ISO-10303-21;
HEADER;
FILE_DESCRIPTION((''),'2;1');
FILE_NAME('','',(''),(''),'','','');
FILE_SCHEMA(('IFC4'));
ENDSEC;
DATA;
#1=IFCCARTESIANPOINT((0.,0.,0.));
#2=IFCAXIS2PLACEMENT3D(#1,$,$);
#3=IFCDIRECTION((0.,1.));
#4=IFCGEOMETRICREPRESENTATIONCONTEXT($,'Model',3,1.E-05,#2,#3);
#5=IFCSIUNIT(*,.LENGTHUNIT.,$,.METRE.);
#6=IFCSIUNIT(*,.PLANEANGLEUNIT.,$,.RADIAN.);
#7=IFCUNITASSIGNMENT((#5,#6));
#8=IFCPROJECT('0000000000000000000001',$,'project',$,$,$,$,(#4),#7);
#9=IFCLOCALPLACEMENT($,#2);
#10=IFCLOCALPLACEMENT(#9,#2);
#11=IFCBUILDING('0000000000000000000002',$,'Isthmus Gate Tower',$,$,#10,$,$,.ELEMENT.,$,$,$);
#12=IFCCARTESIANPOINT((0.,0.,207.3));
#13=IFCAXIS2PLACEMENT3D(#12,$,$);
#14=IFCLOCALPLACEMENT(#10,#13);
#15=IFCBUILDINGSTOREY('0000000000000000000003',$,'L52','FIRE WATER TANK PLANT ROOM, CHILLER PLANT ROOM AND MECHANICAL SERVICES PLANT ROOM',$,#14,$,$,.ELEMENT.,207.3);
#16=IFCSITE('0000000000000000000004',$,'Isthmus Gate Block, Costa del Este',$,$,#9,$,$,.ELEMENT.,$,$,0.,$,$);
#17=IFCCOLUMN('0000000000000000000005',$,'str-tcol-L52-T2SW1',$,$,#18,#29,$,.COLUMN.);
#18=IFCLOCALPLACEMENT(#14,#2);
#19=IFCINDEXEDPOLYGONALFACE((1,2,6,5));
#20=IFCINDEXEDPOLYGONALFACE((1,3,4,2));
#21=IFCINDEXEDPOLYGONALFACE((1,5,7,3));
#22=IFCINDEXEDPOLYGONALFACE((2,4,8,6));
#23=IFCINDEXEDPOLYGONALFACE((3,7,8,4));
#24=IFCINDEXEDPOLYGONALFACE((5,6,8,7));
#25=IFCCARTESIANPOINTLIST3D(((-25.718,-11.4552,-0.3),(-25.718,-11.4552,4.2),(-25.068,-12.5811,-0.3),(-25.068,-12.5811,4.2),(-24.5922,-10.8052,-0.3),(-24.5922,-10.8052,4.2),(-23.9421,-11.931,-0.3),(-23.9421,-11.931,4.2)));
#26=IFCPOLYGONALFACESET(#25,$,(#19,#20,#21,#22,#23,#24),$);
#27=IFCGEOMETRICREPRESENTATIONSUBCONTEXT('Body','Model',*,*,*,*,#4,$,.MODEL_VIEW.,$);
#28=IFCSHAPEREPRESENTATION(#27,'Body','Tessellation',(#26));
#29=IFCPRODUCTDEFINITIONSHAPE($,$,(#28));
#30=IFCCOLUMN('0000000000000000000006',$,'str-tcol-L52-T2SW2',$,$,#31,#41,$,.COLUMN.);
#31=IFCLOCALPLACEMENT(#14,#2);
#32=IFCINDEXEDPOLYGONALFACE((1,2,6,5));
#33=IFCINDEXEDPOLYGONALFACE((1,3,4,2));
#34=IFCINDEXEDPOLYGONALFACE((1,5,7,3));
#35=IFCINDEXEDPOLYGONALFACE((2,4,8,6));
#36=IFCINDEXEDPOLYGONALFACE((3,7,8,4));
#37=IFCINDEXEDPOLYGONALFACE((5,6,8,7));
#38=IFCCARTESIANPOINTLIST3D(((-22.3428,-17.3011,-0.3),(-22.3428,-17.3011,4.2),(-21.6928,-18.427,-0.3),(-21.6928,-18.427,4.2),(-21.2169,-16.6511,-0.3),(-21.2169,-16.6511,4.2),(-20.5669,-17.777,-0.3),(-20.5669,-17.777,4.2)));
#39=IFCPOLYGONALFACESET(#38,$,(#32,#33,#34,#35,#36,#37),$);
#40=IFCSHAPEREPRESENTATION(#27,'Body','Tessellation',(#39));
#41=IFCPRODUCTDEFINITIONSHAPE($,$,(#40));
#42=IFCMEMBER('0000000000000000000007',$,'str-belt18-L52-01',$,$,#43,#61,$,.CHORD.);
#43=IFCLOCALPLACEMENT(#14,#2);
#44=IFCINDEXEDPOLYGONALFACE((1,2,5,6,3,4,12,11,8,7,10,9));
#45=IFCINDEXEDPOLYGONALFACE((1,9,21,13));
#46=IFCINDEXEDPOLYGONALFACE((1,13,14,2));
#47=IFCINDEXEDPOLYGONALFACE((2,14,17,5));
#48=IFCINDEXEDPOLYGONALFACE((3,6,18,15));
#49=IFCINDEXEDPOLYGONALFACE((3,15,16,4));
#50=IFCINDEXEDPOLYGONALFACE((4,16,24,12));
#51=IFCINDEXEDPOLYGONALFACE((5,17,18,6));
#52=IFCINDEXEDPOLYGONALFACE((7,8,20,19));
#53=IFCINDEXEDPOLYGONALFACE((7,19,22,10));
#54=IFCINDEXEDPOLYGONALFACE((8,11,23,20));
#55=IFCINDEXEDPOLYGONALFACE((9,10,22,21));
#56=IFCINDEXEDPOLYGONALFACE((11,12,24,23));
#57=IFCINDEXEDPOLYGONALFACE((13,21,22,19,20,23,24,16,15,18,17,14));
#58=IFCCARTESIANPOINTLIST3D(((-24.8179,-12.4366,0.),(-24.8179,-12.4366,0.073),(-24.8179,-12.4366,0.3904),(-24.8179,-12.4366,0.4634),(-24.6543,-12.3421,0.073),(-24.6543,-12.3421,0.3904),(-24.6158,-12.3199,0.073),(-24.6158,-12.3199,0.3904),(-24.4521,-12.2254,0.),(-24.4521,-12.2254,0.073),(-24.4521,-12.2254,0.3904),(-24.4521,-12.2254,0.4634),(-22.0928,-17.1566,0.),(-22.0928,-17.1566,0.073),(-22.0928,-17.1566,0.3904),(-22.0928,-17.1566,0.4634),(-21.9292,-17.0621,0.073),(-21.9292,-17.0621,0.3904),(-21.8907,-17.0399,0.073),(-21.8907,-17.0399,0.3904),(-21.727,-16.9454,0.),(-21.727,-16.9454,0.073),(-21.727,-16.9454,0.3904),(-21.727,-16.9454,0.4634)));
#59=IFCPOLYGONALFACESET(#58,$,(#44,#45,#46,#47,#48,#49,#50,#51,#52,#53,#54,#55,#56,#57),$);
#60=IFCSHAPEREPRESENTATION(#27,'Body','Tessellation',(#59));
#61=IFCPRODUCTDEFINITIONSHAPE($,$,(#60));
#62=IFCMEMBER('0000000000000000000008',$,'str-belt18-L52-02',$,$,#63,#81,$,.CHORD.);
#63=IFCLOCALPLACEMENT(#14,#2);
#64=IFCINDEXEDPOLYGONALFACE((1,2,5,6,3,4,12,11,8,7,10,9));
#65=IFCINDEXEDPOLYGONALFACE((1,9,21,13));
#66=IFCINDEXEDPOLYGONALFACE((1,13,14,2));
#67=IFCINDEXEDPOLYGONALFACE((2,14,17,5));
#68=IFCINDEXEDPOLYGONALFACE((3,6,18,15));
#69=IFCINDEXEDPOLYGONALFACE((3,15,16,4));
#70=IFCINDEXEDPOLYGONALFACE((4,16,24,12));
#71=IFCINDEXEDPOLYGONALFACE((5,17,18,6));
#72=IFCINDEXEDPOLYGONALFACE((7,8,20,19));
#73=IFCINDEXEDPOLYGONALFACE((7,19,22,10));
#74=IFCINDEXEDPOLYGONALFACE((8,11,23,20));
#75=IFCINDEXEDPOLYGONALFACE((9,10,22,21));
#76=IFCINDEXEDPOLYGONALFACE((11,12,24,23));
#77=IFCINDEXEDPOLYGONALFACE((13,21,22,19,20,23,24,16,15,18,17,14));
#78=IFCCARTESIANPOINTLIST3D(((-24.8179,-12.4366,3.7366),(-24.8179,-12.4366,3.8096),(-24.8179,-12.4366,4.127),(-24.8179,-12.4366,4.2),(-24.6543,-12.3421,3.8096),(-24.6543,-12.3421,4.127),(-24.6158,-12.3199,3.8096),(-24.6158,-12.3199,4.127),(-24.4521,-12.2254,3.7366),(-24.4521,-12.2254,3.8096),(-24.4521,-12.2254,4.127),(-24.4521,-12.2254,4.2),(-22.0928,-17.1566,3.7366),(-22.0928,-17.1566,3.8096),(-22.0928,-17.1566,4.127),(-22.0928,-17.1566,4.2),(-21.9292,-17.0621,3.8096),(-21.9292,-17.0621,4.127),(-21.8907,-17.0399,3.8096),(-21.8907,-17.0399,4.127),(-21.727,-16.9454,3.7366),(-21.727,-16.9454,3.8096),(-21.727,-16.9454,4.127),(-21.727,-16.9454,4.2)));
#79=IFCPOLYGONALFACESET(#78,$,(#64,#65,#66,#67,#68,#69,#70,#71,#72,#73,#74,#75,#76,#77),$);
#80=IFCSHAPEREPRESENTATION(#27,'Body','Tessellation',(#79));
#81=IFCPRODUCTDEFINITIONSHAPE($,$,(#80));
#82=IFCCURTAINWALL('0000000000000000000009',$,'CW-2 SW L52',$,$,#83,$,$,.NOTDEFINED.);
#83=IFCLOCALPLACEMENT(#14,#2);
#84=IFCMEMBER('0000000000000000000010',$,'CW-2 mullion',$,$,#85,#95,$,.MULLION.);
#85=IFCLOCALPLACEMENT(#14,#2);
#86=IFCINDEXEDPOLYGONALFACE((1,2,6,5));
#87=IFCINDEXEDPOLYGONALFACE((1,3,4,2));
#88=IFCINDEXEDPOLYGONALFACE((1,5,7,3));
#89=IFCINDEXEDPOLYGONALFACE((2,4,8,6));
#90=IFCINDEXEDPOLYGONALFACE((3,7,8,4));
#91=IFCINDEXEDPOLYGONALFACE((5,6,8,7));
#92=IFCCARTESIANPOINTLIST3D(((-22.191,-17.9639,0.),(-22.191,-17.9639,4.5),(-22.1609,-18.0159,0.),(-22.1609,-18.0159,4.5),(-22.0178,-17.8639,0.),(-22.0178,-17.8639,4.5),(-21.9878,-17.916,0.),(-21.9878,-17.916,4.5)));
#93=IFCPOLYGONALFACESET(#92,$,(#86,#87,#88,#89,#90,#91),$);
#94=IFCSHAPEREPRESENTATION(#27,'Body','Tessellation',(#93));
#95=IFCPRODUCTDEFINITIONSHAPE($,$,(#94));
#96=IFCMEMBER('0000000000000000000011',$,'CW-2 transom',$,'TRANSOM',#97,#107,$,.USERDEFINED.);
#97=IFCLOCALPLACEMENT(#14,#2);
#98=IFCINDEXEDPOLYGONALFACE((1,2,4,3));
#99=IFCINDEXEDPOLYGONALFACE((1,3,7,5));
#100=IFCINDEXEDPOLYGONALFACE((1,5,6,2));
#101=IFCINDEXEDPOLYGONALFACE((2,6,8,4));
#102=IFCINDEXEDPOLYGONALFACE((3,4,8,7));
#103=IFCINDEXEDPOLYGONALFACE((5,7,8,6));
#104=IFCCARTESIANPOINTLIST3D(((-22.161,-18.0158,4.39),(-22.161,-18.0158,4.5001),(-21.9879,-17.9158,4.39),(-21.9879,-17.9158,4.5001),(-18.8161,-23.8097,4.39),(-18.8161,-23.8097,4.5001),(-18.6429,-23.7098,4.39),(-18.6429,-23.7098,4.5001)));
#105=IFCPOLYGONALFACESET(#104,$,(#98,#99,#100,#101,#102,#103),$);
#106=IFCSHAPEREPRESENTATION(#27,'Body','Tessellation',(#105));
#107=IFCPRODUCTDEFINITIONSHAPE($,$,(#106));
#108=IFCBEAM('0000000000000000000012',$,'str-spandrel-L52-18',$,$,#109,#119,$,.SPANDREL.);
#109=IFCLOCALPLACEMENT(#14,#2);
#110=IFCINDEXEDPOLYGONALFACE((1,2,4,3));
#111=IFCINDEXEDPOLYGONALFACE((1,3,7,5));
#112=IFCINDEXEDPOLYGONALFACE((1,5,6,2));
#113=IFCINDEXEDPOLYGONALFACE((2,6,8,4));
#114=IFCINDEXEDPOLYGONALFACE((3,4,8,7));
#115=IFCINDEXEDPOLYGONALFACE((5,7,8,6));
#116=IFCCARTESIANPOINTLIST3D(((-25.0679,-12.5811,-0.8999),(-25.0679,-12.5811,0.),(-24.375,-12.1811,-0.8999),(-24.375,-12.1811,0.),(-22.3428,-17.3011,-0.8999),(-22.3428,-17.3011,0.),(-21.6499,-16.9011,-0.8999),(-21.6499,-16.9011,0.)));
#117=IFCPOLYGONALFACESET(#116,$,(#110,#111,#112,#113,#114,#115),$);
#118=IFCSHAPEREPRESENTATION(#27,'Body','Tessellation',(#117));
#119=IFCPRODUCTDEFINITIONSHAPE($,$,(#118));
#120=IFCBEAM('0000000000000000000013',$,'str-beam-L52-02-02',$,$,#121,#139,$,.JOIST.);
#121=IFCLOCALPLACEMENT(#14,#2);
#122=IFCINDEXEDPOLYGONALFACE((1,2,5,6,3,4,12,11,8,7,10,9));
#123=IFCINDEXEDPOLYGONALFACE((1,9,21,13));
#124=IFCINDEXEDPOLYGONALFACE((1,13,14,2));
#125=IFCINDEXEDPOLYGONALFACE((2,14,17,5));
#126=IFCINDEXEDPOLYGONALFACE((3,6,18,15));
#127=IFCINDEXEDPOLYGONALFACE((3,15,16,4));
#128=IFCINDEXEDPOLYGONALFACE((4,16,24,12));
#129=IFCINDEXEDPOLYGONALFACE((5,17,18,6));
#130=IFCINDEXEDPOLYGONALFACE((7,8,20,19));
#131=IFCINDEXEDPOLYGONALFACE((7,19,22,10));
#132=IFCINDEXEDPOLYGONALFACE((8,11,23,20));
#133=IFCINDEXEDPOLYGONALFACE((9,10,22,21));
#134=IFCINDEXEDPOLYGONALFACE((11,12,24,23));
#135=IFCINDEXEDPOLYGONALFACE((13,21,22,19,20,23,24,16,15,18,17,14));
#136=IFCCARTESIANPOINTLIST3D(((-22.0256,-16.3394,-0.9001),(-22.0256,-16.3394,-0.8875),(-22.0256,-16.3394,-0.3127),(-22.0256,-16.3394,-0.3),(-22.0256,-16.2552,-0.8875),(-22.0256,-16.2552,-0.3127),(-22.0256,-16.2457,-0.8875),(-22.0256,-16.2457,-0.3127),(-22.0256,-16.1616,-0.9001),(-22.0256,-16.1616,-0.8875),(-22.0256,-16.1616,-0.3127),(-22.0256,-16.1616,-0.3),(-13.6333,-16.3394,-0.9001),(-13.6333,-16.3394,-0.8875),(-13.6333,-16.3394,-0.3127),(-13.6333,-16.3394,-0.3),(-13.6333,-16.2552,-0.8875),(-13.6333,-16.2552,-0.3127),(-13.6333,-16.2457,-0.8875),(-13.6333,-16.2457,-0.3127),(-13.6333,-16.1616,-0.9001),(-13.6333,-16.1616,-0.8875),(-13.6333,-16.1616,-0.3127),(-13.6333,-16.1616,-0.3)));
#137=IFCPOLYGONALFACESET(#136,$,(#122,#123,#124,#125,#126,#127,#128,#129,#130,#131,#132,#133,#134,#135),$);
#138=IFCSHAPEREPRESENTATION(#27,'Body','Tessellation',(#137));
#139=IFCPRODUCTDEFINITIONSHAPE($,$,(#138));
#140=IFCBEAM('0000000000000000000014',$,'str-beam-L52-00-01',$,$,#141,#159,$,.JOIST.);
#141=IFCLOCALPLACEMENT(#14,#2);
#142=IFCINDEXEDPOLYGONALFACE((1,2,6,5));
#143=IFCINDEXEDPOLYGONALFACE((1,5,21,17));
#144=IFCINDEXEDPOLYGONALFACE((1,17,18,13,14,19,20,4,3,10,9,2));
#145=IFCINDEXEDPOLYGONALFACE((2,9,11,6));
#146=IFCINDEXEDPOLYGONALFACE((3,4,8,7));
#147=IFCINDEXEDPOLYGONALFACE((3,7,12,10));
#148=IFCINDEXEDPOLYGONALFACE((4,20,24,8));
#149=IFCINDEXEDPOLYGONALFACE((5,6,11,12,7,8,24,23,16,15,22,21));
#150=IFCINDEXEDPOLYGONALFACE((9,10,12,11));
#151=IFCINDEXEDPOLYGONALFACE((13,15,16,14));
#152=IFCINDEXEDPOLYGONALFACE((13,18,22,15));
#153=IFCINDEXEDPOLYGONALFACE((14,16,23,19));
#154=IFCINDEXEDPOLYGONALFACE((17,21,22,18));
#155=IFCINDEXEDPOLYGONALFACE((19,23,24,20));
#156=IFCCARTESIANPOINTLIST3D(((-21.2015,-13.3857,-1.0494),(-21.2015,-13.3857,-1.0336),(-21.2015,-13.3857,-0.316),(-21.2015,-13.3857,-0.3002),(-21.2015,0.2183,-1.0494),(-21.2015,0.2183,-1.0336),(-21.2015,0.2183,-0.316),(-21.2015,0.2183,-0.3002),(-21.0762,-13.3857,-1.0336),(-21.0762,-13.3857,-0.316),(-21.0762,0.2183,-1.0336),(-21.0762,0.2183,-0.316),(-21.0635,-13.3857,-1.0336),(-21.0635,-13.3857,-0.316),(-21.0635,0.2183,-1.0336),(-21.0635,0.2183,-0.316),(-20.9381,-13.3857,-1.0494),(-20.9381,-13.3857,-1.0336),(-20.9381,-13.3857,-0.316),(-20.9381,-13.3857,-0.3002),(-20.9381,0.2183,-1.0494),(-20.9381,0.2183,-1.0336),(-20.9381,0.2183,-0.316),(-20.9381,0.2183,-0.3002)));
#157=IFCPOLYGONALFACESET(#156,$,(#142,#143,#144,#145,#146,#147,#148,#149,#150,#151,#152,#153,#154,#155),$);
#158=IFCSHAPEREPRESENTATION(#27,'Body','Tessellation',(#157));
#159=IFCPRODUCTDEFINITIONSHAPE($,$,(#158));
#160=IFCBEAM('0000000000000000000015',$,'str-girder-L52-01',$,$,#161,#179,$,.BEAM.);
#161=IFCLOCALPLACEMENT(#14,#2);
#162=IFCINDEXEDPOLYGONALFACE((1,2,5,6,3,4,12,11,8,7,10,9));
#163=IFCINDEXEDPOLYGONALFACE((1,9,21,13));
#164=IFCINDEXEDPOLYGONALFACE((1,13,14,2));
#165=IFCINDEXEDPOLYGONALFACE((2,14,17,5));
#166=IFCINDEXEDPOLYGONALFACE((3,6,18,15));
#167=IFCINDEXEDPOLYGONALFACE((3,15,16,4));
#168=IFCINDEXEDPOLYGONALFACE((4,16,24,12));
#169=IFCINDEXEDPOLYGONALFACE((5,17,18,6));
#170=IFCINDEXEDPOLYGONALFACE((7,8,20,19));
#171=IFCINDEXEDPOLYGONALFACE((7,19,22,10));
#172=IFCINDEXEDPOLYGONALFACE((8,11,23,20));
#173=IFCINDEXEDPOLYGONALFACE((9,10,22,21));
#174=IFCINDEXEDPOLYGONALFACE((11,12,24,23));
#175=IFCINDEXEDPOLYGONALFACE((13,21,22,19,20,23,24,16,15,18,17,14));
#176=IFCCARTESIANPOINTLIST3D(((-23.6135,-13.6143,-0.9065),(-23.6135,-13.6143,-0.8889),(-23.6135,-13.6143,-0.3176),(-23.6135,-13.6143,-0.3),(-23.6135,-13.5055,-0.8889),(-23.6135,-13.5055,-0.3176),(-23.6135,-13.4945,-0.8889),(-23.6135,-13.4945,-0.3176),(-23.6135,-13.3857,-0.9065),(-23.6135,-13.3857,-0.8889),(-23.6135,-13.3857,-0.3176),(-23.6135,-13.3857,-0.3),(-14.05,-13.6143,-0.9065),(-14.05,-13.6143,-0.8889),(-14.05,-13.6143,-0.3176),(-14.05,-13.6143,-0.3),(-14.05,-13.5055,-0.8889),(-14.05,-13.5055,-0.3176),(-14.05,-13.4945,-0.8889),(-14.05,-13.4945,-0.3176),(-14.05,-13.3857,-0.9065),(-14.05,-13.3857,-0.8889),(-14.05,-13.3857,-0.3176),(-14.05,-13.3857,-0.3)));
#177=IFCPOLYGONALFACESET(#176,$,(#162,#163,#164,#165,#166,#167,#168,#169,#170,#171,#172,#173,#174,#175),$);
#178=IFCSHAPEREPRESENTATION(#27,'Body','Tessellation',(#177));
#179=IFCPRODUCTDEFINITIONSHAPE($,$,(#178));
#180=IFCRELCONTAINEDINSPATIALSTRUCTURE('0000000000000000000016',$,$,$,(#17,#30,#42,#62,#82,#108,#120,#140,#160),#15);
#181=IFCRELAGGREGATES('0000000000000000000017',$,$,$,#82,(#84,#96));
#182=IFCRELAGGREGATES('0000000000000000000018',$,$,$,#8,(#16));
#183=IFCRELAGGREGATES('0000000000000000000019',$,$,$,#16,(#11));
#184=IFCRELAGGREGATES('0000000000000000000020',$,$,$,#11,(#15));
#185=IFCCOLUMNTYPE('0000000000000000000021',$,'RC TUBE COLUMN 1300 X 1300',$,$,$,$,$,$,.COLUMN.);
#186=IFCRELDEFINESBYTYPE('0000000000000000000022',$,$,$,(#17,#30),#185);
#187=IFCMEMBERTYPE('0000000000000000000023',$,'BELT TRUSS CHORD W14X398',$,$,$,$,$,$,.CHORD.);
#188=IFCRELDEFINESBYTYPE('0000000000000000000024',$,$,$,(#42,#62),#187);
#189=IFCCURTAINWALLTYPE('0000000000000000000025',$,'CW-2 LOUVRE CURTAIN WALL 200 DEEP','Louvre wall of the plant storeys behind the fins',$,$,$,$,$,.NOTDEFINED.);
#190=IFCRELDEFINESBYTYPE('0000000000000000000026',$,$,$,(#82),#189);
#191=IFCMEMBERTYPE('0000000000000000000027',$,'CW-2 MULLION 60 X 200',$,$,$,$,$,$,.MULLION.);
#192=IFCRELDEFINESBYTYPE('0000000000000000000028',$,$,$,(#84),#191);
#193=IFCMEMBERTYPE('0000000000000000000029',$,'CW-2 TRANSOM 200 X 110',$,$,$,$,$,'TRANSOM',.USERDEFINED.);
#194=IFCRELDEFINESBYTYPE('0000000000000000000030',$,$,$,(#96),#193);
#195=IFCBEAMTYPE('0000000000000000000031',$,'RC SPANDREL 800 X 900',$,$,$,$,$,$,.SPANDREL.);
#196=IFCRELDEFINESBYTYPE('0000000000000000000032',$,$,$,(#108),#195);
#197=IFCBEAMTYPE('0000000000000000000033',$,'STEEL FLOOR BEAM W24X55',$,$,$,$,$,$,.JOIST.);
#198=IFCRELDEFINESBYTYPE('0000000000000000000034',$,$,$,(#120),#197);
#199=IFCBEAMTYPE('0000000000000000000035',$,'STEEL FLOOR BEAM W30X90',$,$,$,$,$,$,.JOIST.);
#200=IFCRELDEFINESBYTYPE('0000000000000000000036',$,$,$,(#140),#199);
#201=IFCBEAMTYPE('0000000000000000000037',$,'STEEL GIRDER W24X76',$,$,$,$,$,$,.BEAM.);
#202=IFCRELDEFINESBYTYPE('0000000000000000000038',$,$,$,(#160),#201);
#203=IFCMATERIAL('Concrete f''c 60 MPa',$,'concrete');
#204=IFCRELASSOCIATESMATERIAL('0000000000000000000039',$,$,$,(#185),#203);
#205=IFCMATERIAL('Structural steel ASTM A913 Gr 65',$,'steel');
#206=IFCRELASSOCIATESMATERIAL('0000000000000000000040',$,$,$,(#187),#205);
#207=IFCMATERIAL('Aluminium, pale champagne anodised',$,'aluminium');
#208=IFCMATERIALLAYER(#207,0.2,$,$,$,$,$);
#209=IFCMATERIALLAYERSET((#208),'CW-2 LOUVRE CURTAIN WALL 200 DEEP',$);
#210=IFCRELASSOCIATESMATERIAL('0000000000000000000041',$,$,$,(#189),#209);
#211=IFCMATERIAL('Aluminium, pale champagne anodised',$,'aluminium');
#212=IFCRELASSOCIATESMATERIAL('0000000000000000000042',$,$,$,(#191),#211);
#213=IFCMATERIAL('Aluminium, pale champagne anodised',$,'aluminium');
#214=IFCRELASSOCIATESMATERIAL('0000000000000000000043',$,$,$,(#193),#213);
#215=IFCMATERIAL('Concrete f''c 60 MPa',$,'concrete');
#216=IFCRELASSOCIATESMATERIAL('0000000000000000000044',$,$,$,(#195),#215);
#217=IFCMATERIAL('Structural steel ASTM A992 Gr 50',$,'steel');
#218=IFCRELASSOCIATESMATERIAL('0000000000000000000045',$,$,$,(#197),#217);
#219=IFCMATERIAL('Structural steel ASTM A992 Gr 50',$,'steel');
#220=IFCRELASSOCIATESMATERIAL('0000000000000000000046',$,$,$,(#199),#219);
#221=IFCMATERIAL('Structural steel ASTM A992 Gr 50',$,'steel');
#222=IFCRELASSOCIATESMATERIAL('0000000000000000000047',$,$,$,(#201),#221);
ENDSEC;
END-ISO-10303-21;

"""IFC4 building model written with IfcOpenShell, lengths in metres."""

from ifc_helpers import new_model, si_unit, direction, frame, origin, origin_2d, place, context, subcontext, project, spatial, rectangle, i_section, extrude, material, layer, layer_set, material_profile, profile_set, type_object, element, aggregate, save


model = new_model("IFC4")

# Units and contexts
model_context = context("Model", 3, precision=1e-05, world=origin(), true_north=direction((0.0, 1.0)))
body_context = subcontext(model_context, "Body", "Model", "MODEL_VIEW")
ifc_project = project(units=[si_unit("LENGTHUNIT", "METRE"), si_unit("PLANEANGLEUNIT", "RADIAN")], contexts=[model_context])

# Site, building, storey
site_placement = place(None, origin())
site = spatial("IfcSite", under=ifc_project, at=site_placement, Name="Isthmus Gate Block, Costa del Este", CompositionType="ELEMENT", RefElevation=0.0)
building_placement = place(site_placement, origin())
building = spatial("IfcBuilding", under=site, at=building_placement, Name="Isthmus Gate Tower", CompositionType="ELEMENT")
storey_placement = place(building_placement, frame((0.0, 0.0, 207.3)))
storey = spatial("IfcBuildingStorey", under=building, at=storey_placement, Name="L52", Description="FIRE WATER TANK PLANT ROOM, CHILLER PLANT ROOM AND MECHANICAL SERVICES PLANT ROOM", CompositionType="ELEMENT", Elevation=207.3)

# Columns
ifc_material_1 = material(Name="Concrete f'c 60 MPa", Category="concrete")
ifc_material_profile_1 = material_profile(ifc_material_1, rectangle(XDim=1.3, YDim=1.3, at=origin_2d()), Name="RC 1300X1300")
ifc_profile_set_1 = profile_set([ifc_material_profile_1], Name="Concrete f'c 60 MPa")
column_type = type_object("IfcColumnType", Name="RC TUBE COLUMN 1300 X 1300", PredefinedType="COLUMN", material=ifc_profile_set_1)
for number, where, z_axis, x_axis, name in (
    (1, (-24.8301, -11.6931, -0.3), (0.0, 0.0, 1.0), (0.5, -0.866025, 0.0), "str-tcol-L52-T2SW1"),
    (2, (-21.4548, -17.5391, -0.3), (0.0, 0.0, 1.0), (0.5, -0.866025, 0.0), "str-tcol-L52-T2SW2"),
):
    element("IfcColumn", number, at=place(storey_placement, frame(where, z_axis=z_axis, x_axis=x_axis)), inside=storey, type_object=column_type, Name=name, PredefinedType="COLUMN", context=body_context, shape_type="SweptSolid", body=[
        extrude(rectangle(XDim=1.3, YDim=1.3, at=origin_2d()), origin(), (0.0, 0.0, 1.0), 4.5),
    ])

# Members
ifc_material_2 = material(Name="Structural steel ASTM A913 Gr 65", Category="steel")
ifc_material_profile_2 = material_profile(ifc_material_2, i_section(OverallWidth=0.4224, OverallDepth=0.4634, WebThickness=0.0444, FlangeThickness=0.073, at=origin_2d()), Name="W14X398")
ifc_profile_set_2 = profile_set([ifc_material_profile_2], Name="Structural steel ASTM A913 Gr 65")
member_type_1 = type_object("IfcMemberType", Name="BELT TRUSS CHORD W14X398", PredefinedType="CHORD", material=ifc_profile_set_2)
for number, where, z_axis, x_axis, name in (
    (3, (-21.9099, -17.051, 0.2317), (-0.500003, 0.866024, 0.0), (-0.866024, -0.500003, 0.0), "str-belt18-L52-01"),
    (4, (-21.9099, -17.051, 3.9683), (-0.500003, 0.866024, 0.0), (-0.866024, -0.500003, 0.0), "str-belt18-L52-02"),
):
    element("IfcMember", number, at=place(storey_placement, frame(where, z_axis=z_axis, x_axis=x_axis)), inside=storey, type_object=member_type_1, Name=name, PredefinedType="CHORD", context=body_context, shape_type="SweptSolid", body=[
        extrude(i_section(OverallWidth=0.4224, OverallDepth=0.4634, WebThickness=0.0444, FlangeThickness=0.073, at=origin_2d()), origin(), (0.0, 0.0, 1.0), 5.4502),
    ])

# Curtain wall, members
ifc_material_3 = material(Name="Aluminium, pale champagne anodised", Category="aluminium")
ifc_layer_1 = layer(ifc_material_3, 0.2)
ifc_layer_set_1 = layer_set([ifc_layer_1], Name="CW-2 LOUVRE CURTAIN WALL 200 DEEP")
curtain_wall_type = type_object("IfcCurtainWallType", Name="CW-2 LOUVRE CURTAIN WALL 200 DEEP", Description="Louvre wall of the plant storeys behind the fins", PredefinedType="NOTDEFINED", material=ifc_layer_set_1)
curtain_wall_placement = place(storey_placement, origin())
curtain_wall = element("IfcCurtainWall", 5, at=curtain_wall_placement, inside=storey, type_object=curtain_wall_type, Name="CW-2 SW L52", PredefinedType="NOTDEFINED")
ifc_material_4 = material(Name="Aluminium, pale champagne anodised", Category="aluminium")
ifc_material_profile_3 = material_profile(ifc_material_4, rectangle(XDim=0.0601, YDim=0.2, at=origin_2d()), Name="60x200")
ifc_profile_set_3 = profile_set([ifc_material_profile_3], Name="Aluminium, pale champagne anodised")
member_type_2 = type_object("IfcMemberType", Name="CW-2 MULLION 60 X 200", PredefinedType="MULLION", material=ifc_profile_set_3)
member_1_placement = place(storey_placement, frame((-22.0894, -17.9399, 0.0), z_axis=(0.0, 0.0, 1.0), x_axis=(0.5, -0.866025, 0.0)))
member_1 = element("IfcMember", 6, at=member_1_placement, type_object=member_type_2, Name="CW-2 mullion", PredefinedType="MULLION", context=body_context, shape_type="SweptSolid", body=[
    extrude(rectangle(XDim=0.0601, YDim=0.2, at=origin_2d()), origin(), (0.0, 0.0, 1.0), 4.5),
])
ifc_material_5 = material(Name="Aluminium, pale champagne anodised", Category="aluminium")
ifc_material_profile_4 = material_profile(ifc_material_5, rectangle(XDim=0.2, YDim=0.1101, at=origin_2d()), Name="200x110")
ifc_profile_set_4 = profile_set([ifc_material_profile_4], Name="Aluminium, pale champagne anodised")
member_type_3 = type_object("IfcMemberType", Name="CW-2 TRANSOM 200 X 110", ElementType="TRANSOM", PredefinedType="USERDEFINED", material=ifc_profile_set_4)
member_2_placement = place(storey_placement, frame((-22.0745, -17.9658, 4.4451), z_axis=(0.499981, -0.866036, 0.0), x_axis=(0.866036, 0.499981, 0.0)))
member_2 = element("IfcMember", 7, at=member_2_placement, type_object=member_type_3, Name="CW-2 transom", ObjectType="TRANSOM", PredefinedType="USERDEFINED", context=body_context, shape_type="SweptSolid", body=[
    extrude(rectangle(XDim=0.2, YDim=0.1101, at=origin_2d()), origin(), (0.0, 0.0, 1.0), 6.6902),
])

# Beams
ifc_material_6 = material(Name="Concrete f'c 60 MPa", Category="concrete")
ifc_material_profile_5 = material_profile(ifc_material_6, rectangle(XDim=0.8, YDim=0.8999, at=origin_2d()), Name="RC 800X900")
ifc_profile_set_5 = profile_set([ifc_material_profile_5], Name="Concrete f'c 60 MPa")
beam_type_1 = type_object("IfcBeamType", Name="RC SPANDREL 800 X 900", PredefinedType="SPANDREL", material=ifc_profile_set_5)
beam_1_placement = place(storey_placement, frame((-21.9963, -17.1011, -0.45), z_axis=(-0.500003, 0.866024, 0.0), x_axis=(-0.866024, -0.500003, 0.0)))
element("IfcBeam", 8, at=beam_1_placement, inside=storey, type_object=beam_type_1, Name="str-spandrel-L52-18", PredefinedType="SPANDREL", context=body_context, shape_type="SweptSolid", body=[
    extrude(rectangle(XDim=0.8, YDim=0.8999, at=origin_2d()), origin(), (0.0, 0.0, 1.0), 5.4502),
])
ifc_material_7 = material(Name="Structural steel ASTM A992 Gr 50", Category="steel")
ifc_material_profile_6 = material_profile(ifc_material_7, i_section(OverallWidth=0.1777, OverallDepth=0.6001, WebThickness=0.0095, FlangeThickness=0.0127, at=origin_2d()), Name="W24X55")
ifc_profile_set_6 = profile_set([ifc_material_profile_6], Name="Structural steel ASTM A992 Gr 50")
beam_type_2 = type_object("IfcBeamType", Name="STEEL FLOOR BEAM W24X55", PredefinedType="JOIST", material=ifc_profile_set_6)
beam_2_placement = place(storey_placement, frame((-22.0256, -16.2505, -0.6001), z_axis=(1.0, 0.0, 0.0), x_axis=(0.0, 1.0, 0.0)))
element("IfcBeam", 9, at=beam_2_placement, inside=storey, type_object=beam_type_2, Name="str-beam-L52-02-02", PredefinedType="JOIST", context=body_context, shape_type="SweptSolid", body=[
    extrude(i_section(OverallWidth=0.1777, OverallDepth=0.6001, WebThickness=0.0095, FlangeThickness=0.0127, at=origin_2d()), origin(), (0.0, 0.0, 1.0), 8.3923),
])
ifc_material_8 = material(Name="Structural steel ASTM A992 Gr 50", Category="steel")
ifc_material_profile_7 = material_profile(ifc_material_8, i_section(OverallWidth=0.2634, OverallDepth=0.7493, WebThickness=0.0127, FlangeThickness=0.0159, at=origin_2d()), Name="W30X90")
ifc_profile_set_7 = profile_set([ifc_material_profile_7], Name="Structural steel ASTM A992 Gr 50")
beam_type_3 = type_object("IfcBeamType", Name="STEEL FLOOR BEAM W30X90", PredefinedType="JOIST", material=ifc_profile_set_7)
beam_3_placement = place(storey_placement, frame((-21.0698, -13.3857, -0.6748), z_axis=(0.0, 1.0, 0.0), x_axis=(-1.0, 0.0, 0.0)))
element("IfcBeam", 10, at=beam_3_placement, inside=storey, type_object=beam_type_3, Name="str-beam-L52-00-01", PredefinedType="JOIST", context=body_context, shape_type="SweptSolid", body=[
    extrude(i_section(OverallWidth=0.2634, OverallDepth=0.7493, WebThickness=0.0127, FlangeThickness=0.0159, at=origin_2d()), origin(), (0.0, 0.0, 1.0), 13.604),
])
ifc_material_9 = material(Name="Structural steel ASTM A992 Gr 50", Category="steel")
ifc_material_profile_8 = material_profile(ifc_material_9, i_section(OverallWidth=0.2285, OverallDepth=0.6064, WebThickness=0.011, FlangeThickness=0.0176, at=origin_2d()), Name="W24X76")
ifc_profile_set_8 = profile_set([ifc_material_profile_8], Name="Structural steel ASTM A992 Gr 50")
beam_type_4 = type_object("IfcBeamType", Name="STEEL GIRDER W24X76", PredefinedType="BEAM", material=ifc_profile_set_8)
beam_4_placement = place(storey_placement, frame((-23.6135, -13.5, -0.6033), z_axis=(1.0, 0.0, 0.0), x_axis=(0.0, 1.0, 0.0)))
element("IfcBeam", 11, at=beam_4_placement, inside=storey, type_object=beam_type_4, Name="str-girder-L52-01", PredefinedType="BEAM", context=body_context, shape_type="SweptSolid", body=[
    extrude(i_section(OverallWidth=0.2285, OverallDepth=0.6064, WebThickness=0.011, FlangeThickness=0.0176, at=origin_2d()), origin(), (0.0, 0.0, 1.0), 9.5635),
])

aggregate(curtain_wall, [member_1, member_2])

save(model, "model.ifc")
